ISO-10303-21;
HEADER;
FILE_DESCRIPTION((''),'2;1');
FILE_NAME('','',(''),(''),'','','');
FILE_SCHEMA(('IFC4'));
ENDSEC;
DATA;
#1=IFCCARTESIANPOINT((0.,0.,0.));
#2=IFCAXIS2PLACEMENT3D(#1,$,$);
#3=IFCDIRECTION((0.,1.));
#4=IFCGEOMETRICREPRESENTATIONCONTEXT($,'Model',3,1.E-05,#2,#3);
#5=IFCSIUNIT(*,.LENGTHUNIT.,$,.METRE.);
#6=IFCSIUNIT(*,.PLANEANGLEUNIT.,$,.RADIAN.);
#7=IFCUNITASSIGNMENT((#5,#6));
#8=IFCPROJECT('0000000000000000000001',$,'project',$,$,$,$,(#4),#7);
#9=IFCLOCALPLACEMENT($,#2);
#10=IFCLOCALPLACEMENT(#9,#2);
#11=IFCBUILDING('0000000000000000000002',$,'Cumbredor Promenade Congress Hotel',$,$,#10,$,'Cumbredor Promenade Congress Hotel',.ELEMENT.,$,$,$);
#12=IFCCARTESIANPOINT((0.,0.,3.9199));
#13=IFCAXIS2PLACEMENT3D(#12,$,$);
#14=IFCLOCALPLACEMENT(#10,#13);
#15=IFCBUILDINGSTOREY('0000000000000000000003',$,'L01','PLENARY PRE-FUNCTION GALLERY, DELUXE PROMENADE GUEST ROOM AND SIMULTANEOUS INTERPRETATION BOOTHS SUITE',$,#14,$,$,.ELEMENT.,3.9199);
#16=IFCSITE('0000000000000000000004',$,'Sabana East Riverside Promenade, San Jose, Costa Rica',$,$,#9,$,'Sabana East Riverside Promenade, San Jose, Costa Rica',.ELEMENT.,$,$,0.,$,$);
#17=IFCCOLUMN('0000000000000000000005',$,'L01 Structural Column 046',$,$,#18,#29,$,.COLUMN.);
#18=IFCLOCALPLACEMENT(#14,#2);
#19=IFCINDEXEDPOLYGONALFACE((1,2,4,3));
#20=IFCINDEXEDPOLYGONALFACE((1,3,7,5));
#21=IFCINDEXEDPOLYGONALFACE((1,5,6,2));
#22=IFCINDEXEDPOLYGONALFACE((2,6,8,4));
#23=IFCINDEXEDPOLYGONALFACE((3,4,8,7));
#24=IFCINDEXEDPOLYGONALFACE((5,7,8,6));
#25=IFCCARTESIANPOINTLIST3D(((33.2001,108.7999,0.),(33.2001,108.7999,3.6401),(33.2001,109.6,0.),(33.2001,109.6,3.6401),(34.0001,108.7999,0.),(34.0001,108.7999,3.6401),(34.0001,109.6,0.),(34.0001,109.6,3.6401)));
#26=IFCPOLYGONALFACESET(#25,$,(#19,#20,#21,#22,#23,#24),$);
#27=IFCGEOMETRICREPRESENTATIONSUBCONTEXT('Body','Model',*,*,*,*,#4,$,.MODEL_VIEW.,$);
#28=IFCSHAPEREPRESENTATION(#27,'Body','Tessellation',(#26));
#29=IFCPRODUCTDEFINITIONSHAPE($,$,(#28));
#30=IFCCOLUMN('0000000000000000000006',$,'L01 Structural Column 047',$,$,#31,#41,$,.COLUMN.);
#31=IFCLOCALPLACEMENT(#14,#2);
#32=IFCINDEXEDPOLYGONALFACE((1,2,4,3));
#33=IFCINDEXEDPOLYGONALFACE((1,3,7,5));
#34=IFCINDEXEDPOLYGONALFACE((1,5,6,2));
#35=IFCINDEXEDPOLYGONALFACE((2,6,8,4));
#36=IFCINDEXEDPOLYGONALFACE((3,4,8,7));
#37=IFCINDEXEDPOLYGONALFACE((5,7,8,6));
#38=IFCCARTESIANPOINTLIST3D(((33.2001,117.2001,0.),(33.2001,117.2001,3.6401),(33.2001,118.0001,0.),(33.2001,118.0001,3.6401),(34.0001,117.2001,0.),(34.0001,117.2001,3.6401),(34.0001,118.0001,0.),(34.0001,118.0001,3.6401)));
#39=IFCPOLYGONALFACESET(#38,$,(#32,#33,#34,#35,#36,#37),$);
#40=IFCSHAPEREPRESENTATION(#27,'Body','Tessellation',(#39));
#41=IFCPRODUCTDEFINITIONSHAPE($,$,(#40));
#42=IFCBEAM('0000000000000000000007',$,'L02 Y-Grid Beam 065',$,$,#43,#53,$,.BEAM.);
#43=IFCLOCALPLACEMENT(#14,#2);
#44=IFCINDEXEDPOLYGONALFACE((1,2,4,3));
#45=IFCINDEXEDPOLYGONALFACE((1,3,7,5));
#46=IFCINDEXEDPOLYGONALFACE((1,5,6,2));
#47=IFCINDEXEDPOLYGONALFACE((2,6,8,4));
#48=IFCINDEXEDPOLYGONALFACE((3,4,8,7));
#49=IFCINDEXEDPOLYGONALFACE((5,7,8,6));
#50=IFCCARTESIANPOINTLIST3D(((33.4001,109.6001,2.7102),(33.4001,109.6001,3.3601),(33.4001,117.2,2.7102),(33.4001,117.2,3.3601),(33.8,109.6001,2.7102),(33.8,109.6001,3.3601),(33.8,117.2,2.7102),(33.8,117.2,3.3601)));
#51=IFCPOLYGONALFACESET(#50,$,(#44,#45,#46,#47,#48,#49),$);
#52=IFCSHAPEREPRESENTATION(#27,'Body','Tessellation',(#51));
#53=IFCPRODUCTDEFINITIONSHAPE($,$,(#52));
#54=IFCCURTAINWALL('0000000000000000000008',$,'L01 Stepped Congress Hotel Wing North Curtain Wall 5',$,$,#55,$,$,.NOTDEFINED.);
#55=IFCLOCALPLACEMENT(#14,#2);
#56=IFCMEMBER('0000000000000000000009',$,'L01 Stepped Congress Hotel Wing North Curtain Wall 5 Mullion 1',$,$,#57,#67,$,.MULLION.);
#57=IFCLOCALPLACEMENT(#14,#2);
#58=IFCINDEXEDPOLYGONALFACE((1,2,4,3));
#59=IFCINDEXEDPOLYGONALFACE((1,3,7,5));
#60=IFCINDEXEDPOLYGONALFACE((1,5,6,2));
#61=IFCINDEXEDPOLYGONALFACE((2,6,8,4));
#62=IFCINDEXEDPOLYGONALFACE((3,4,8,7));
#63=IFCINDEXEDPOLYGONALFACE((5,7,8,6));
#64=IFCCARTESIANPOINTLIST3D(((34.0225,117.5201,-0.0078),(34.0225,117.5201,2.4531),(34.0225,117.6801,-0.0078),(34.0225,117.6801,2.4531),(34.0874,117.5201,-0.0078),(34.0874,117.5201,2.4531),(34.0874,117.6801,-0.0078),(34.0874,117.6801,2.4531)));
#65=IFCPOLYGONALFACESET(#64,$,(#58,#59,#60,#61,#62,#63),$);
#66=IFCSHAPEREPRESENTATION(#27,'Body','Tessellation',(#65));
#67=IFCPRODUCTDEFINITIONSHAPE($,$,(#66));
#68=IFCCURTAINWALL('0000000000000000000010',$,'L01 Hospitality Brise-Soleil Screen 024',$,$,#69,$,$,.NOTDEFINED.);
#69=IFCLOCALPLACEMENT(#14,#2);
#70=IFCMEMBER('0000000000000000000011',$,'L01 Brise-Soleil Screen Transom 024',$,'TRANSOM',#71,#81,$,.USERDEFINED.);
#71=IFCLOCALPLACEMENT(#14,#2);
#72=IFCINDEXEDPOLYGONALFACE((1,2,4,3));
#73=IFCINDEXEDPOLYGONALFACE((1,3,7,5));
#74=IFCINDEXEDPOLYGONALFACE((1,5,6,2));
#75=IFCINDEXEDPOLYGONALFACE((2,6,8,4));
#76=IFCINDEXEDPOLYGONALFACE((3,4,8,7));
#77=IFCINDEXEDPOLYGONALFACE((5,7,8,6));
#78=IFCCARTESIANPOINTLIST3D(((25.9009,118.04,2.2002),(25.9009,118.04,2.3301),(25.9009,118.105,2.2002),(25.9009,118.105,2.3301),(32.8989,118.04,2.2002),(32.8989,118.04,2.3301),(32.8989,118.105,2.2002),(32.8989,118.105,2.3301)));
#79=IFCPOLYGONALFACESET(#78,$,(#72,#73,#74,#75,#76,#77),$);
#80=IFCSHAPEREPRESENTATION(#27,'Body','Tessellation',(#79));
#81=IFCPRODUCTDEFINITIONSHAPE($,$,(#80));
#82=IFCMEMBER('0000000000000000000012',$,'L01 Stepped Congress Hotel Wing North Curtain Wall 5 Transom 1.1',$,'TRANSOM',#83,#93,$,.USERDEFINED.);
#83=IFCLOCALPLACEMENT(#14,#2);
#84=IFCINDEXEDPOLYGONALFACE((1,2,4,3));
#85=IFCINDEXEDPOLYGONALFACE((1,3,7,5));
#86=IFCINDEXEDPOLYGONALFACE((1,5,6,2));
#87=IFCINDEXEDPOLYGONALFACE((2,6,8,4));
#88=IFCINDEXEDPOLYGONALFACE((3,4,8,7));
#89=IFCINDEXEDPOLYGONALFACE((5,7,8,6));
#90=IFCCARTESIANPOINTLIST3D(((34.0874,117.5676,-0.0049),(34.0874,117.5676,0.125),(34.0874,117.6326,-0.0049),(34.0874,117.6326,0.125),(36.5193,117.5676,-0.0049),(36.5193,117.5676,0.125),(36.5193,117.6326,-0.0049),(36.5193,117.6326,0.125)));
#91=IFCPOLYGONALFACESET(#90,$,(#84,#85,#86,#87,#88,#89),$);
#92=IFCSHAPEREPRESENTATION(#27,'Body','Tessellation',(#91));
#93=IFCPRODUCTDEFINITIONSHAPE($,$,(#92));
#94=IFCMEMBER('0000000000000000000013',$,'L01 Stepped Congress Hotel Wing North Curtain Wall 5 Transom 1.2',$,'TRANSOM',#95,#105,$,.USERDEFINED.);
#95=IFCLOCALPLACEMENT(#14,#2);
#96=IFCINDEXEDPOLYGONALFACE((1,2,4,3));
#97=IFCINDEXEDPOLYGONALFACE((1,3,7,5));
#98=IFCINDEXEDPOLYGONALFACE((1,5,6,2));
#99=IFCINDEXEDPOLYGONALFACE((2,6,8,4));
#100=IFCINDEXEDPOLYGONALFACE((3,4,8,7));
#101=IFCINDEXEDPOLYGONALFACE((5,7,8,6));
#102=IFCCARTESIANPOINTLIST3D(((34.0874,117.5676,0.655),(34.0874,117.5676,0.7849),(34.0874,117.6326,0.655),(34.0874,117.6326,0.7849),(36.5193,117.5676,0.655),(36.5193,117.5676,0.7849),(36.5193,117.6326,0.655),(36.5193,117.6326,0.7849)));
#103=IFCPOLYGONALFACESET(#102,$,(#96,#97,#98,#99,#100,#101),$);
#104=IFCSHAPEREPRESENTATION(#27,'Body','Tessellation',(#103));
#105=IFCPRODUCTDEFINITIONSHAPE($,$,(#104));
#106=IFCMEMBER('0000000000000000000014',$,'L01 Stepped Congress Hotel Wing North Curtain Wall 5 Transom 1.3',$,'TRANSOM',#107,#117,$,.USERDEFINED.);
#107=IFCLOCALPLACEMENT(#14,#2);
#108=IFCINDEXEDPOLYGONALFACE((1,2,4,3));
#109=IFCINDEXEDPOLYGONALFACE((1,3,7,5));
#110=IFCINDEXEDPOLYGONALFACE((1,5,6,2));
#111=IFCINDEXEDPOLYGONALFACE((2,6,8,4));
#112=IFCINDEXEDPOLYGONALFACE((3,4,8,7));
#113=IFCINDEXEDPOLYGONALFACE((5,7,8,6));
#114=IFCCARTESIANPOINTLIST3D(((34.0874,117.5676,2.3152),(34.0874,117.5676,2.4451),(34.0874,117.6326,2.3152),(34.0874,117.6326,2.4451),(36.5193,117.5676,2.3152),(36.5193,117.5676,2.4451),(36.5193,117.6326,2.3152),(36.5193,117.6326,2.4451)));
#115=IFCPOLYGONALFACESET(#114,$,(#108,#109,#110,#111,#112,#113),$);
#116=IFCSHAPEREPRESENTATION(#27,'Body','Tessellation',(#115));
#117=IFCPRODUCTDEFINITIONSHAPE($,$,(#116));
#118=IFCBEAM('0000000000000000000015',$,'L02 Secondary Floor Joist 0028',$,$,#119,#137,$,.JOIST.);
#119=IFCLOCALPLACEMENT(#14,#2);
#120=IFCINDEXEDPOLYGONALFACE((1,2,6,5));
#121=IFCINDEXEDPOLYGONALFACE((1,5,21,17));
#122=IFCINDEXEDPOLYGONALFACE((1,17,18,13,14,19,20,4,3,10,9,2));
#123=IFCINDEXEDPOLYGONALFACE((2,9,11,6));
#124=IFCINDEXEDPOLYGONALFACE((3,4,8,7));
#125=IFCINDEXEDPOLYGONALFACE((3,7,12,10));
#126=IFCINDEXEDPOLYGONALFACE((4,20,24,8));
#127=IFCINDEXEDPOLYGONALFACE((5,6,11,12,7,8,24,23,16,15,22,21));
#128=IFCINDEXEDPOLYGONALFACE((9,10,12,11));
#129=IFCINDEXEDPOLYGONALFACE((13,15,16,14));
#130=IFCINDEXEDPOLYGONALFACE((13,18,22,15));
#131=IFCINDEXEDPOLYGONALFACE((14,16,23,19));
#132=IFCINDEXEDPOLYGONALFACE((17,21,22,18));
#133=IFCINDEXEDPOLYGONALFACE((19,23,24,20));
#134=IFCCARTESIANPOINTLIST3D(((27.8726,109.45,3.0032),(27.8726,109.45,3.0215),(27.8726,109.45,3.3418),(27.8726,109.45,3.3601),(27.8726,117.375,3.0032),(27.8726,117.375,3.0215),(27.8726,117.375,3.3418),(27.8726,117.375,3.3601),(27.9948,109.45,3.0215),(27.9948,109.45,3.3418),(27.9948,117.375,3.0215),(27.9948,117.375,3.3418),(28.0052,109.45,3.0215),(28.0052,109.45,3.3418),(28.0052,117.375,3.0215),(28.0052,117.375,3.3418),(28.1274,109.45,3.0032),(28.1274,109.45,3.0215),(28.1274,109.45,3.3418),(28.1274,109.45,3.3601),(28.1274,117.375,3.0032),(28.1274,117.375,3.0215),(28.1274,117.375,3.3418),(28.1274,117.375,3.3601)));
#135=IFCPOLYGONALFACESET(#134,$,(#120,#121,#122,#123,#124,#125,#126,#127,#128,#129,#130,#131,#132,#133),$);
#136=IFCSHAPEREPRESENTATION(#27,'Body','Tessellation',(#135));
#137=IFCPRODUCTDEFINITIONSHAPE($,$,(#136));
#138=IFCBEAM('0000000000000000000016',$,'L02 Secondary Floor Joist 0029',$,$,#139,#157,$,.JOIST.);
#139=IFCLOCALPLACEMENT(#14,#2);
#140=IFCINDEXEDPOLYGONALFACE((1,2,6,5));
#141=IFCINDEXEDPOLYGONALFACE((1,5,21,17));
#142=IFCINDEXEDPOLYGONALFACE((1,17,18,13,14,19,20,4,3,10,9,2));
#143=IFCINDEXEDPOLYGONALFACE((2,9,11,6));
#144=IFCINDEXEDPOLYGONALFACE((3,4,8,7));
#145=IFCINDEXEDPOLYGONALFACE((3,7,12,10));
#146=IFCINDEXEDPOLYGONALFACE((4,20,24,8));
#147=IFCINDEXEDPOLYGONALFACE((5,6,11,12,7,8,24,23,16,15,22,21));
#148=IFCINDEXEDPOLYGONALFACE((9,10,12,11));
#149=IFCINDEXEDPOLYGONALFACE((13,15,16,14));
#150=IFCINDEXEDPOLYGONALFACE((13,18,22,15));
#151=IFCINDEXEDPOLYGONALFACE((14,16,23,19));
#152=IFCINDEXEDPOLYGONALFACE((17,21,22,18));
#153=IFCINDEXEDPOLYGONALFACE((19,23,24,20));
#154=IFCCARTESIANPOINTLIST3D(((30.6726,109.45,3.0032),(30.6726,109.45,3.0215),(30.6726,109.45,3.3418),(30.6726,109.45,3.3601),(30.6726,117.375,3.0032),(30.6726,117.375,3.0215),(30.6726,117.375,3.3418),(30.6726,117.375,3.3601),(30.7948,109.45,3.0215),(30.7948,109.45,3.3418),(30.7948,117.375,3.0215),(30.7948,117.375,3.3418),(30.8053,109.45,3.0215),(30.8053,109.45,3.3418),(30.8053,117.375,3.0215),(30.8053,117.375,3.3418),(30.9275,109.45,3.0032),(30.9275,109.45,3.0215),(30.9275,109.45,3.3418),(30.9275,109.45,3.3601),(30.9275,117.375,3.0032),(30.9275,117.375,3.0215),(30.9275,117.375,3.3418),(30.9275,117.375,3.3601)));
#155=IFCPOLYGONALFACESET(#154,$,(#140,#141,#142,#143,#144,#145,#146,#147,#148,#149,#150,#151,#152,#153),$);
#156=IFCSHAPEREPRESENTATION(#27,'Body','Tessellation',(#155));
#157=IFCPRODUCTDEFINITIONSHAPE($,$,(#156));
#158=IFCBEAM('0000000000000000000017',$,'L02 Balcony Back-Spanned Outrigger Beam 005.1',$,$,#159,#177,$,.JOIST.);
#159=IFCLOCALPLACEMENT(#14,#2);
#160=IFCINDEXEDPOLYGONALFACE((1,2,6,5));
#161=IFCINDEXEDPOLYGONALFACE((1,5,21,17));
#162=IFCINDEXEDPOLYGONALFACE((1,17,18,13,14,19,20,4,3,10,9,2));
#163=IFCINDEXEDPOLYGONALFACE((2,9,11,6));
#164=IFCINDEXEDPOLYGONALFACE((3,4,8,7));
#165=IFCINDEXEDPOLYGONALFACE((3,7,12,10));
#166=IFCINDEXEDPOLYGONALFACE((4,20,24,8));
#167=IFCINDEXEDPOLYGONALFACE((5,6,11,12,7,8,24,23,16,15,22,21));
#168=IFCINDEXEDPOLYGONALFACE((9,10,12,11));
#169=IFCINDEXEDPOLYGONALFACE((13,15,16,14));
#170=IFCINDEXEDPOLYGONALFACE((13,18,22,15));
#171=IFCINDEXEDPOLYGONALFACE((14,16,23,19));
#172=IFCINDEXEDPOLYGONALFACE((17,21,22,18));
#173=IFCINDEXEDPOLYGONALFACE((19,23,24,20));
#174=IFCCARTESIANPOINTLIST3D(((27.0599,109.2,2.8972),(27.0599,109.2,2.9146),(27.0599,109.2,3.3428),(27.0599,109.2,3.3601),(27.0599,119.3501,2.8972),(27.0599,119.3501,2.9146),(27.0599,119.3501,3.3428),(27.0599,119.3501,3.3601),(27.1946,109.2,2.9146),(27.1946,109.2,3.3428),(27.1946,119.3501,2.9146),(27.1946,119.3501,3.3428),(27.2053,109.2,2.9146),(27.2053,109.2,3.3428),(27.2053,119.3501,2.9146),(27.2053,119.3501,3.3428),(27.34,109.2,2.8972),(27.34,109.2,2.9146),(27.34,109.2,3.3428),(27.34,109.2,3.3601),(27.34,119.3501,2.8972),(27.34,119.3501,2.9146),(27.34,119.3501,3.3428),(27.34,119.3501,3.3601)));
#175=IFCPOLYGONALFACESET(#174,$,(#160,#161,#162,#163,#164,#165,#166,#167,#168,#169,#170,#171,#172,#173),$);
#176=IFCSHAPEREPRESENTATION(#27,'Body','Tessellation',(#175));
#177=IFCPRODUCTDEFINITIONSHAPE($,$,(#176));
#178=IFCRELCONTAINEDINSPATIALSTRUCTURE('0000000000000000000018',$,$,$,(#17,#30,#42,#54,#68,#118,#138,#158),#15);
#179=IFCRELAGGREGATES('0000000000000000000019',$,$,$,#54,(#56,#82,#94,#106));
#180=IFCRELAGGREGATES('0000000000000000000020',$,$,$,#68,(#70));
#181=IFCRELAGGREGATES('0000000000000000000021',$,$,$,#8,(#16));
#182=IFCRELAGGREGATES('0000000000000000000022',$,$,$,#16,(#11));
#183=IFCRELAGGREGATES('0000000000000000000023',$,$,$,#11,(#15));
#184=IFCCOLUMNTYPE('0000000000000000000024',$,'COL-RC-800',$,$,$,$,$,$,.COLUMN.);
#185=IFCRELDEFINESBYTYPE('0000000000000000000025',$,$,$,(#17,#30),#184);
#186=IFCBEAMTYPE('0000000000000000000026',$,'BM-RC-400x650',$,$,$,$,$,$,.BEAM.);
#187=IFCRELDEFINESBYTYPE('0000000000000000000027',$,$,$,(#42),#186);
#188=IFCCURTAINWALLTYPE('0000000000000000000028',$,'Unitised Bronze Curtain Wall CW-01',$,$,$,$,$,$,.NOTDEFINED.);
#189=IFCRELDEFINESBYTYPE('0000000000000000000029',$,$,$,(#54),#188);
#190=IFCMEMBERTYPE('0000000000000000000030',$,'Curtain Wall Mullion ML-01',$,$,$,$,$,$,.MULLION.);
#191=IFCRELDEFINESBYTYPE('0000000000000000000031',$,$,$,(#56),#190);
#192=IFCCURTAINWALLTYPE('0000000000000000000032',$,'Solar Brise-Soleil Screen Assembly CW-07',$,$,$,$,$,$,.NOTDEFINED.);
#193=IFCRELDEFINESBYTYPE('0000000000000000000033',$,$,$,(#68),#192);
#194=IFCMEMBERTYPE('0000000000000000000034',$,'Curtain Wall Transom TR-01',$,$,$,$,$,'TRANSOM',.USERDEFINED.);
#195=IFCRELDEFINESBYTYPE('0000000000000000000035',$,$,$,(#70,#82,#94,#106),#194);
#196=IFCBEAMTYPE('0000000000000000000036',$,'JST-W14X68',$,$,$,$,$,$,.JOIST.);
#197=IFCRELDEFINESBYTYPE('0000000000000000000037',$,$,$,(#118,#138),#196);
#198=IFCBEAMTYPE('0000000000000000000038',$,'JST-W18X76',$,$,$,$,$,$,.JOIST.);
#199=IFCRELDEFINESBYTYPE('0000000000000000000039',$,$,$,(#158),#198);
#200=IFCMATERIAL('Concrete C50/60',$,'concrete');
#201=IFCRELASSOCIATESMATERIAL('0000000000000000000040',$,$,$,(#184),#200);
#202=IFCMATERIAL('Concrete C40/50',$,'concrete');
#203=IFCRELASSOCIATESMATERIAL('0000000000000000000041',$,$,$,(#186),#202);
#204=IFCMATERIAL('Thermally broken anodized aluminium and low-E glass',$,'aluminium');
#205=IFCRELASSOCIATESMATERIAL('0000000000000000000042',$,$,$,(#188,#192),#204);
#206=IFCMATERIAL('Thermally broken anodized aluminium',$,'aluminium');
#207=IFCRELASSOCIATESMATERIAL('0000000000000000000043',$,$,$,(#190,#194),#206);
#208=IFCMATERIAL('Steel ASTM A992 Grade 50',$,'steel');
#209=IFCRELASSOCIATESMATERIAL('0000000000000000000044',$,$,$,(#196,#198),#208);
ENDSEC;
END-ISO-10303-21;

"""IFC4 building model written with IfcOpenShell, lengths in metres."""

from ifc_helpers import new_model, si_unit, direction, frame, origin, origin_2d, place, context, subcontext, project, spatial, rectangle, i_section, extrude, material, material_profile, profile_set, type_object, element, aggregate, save


model = new_model("IFC4")

# Units and contexts
model_context = context("Model", 3, precision=1e-05, world=origin(), true_north=direction((0.0, 1.0)))
body_context = subcontext(model_context, "Body", "Model", "MODEL_VIEW")
ifc_project = project(units=[si_unit("LENGTHUNIT", "METRE"), si_unit("PLANEANGLEUNIT", "RADIAN")], contexts=[model_context])

# Site, building, storey
site_placement = place(None, origin())
site = spatial("IfcSite", under=ifc_project, at=site_placement, Name="Sabana East Riverside Promenade, San Jose, Costa Rica", LongName="Sabana East Riverside Promenade, San Jose, Costa Rica", CompositionType="ELEMENT", RefElevation=0.0)
building_placement = place(site_placement, origin())
building = spatial("IfcBuilding", under=site, at=building_placement, Name="Cumbredor Promenade Congress Hotel", LongName="Cumbredor Promenade Congress Hotel", CompositionType="ELEMENT")
storey_placement = place(building_placement, frame((0.0, 0.0, 3.9199)))
storey = spatial("IfcBuildingStorey", under=building, at=storey_placement, Name="L01", Description="PLENARY PRE-FUNCTION GALLERY, DELUXE PROMENADE GUEST ROOM AND SIMULTANEOUS INTERPRETATION BOOTHS SUITE", CompositionType="ELEMENT", Elevation=3.9199)

# Columns
ifc_material_1 = material(Name="Concrete C50/60", Category="concrete")
ifc_material_profile_1 = material_profile(ifc_material_1, rectangle(XDim=0.8, YDim=0.8, at=origin_2d()), Name="RC 800x800")
ifc_profile_set_1 = profile_set([ifc_material_profile_1], Name="Concrete C50/60")
column_type = type_object("IfcColumnType", Name="COL-RC-800", PredefinedType="COLUMN", material=ifc_profile_set_1)
for number, where, z_axis, x_axis, name in (
    (1, (33.6001, 109.2, 0.0), (0.0, 0.0, 1.0), (1.0, 0.0, 0.0), "L01 Structural Column 046"),
    (2, (33.6001, 117.6001, 0.0), (0.0, 0.0, 1.0), (1.0, 0.0, 0.0), "L01 Structural Column 047"),
):
    element("IfcColumn", number, at=place(storey_placement, frame(where, z_axis=z_axis, x_axis=x_axis)), inside=storey, type_object=column_type, Name=name, PredefinedType="COLUMN", context=body_context, shape_type="SweptSolid", body=[
        extrude(rectangle(XDim=0.8, YDim=0.8, at=origin_2d()), origin(), (0.0, 0.0, 1.0), 3.6401),
    ])

# Beam
ifc_material_2 = material(Name="Concrete C40/50", Category="concrete")
ifc_material_profile_2 = material_profile(ifc_material_2, rectangle(XDim=0.3999, YDim=0.6499, at=origin_2d()), Name="RC BEAM 400x650")
ifc_profile_set_2 = profile_set([ifc_material_profile_2], Name="Concrete C40/50")
beam_type_1 = type_object("IfcBeamType", Name="BM-RC-400x650", PredefinedType="BEAM", material=ifc_profile_set_2)
beam_1_placement = place(storey_placement, frame((33.6001, 109.6001, 3.0352), z_axis=(0.0, 1.0, 0.0), x_axis=(-1.0, 0.0, 0.0)))
element("IfcBeam", 3, at=beam_1_placement, inside=storey, type_object=beam_type_1, Name="L02 Y-Grid Beam 065", PredefinedType="BEAM", context=body_context, shape_type="SweptSolid", body=[
    extrude(rectangle(XDim=0.3999, YDim=0.6499, at=origin_2d()), origin(), (0.0, 0.0, 1.0), 7.5999),
])

# Curtain walls, members
ifc_material_3 = material(Name="Thermally broken anodized aluminium and low-E glass", Category="aluminium")
curtain_wall_type_1 = type_object("IfcCurtainWallType", Name="Unitised Bronze Curtain Wall CW-01", PredefinedType="NOTDEFINED", material=ifc_material_3)
curtain_wall_1_placement = place(storey_placement, origin())
curtain_wall_1 = element("IfcCurtainWall", 4, at=curtain_wall_1_placement, inside=storey, type_object=curtain_wall_type_1, Name="L01 Stepped Congress Hotel Wing North Curtain Wall 5", PredefinedType="NOTDEFINED")
ifc_material_4 = material(Name="Thermally broken anodized aluminium", Category="aluminium")
ifc_material_profile_3 = material_profile(ifc_material_4, rectangle(XDim=0.0649, YDim=0.1599, at=origin_2d()), Name="ALU MULLION 65x160")
ifc_profile_set_3 = profile_set([ifc_material_profile_3], Name="Thermally broken anodized aluminium")
member_type_1 = type_object("IfcMemberType", Name="Curtain Wall Mullion ML-01", PredefinedType="MULLION", material=ifc_profile_set_3)
member_1_placement = place(storey_placement, frame((34.0549, 117.6001, -0.0078), z_axis=(0.0, 0.0, 1.0), x_axis=(1.0, 0.0, 0.0)))
member_1 = element("IfcMember", 5, at=member_1_placement, type_object=member_type_1, Name="L01 Stepped Congress Hotel Wing North Curtain Wall 5 Mullion 1", PredefinedType="MULLION", context=body_context, shape_type="SweptSolid", body=[
    extrude(rectangle(XDim=0.0649, YDim=0.1599, at=origin_2d()), origin(), (0.0, 0.0, 1.0), 2.4609),
])
curtain_wall_type_2 = type_object("IfcCurtainWallType", Name="Solar Brise-Soleil Screen Assembly CW-07", PredefinedType="NOTDEFINED", material=ifc_material_3)
curtain_wall_2_placement = place(storey_placement, origin())
curtain_wall_2 = element("IfcCurtainWall", 6, at=curtain_wall_2_placement, inside=storey, type_object=curtain_wall_type_2, Name="L01 Hospitality Brise-Soleil Screen 024", PredefinedType="NOTDEFINED")
ifc_material_profile_4 = material_profile(ifc_material_4, rectangle(XDim=0.0649, YDim=0.1299, at=origin_2d()), Name="ALU TRANSOM 65x130")
ifc_profile_set_4 = profile_set([ifc_material_profile_4], Name="Thermally broken anodized aluminium")
member_type_2 = type_object("IfcMemberType", Name="Curtain Wall Transom TR-01", ElementType="TRANSOM", PredefinedType="USERDEFINED", material=ifc_profile_set_4)
member_2_placement = place(storey_placement, frame((25.9009, 118.0725, 2.2651), z_axis=(1.0, 0.0, 0.0), x_axis=(0.0, 1.0, 0.0)))
member_2 = element("IfcMember", 7, at=member_2_placement, type_object=member_type_2, Name="L01 Brise-Soleil Screen Transom 024", ObjectType="TRANSOM", PredefinedType="USERDEFINED", context=body_context, shape_type="SweptSolid", body=[
    extrude(rectangle(XDim=0.0649, YDim=0.1299, at=origin_2d()), origin(), (0.0, 0.0, 1.0), 6.998),
])

# Members
member_3_placement = place(storey_placement, frame((34.0874, 117.6001, 0.0601), z_axis=(1.0, 0.0, 0.0), x_axis=(0.0, 1.0, 0.0)))
member_3 = element("IfcMember", 8, at=member_3_placement, type_object=member_type_2, Name="L01 Stepped Congress Hotel Wing North Curtain Wall 5 Transom 1.1", ObjectType="TRANSOM", PredefinedType="USERDEFINED", context=body_context, shape_type="SweptSolid", body=[
    extrude(rectangle(XDim=0.0649, YDim=0.1299, at=origin_2d()), origin(), (0.0, 0.0, 1.0), 2.4319),
])
member_4_placement = place(storey_placement, frame((34.0874, 117.6001, 0.72), z_axis=(1.0, 0.0, 0.0), x_axis=(0.0, 1.0, 0.0)))
member_4 = element("IfcMember", 9, at=member_4_placement, type_object=member_type_2, Name="L01 Stepped Congress Hotel Wing North Curtain Wall 5 Transom 1.2", ObjectType="TRANSOM", PredefinedType="USERDEFINED", context=body_context, shape_type="SweptSolid", body=[
    extrude(rectangle(XDim=0.0649, YDim=0.1299, at=origin_2d()), origin(), (0.0, 0.0, 1.0), 2.4319),
])
member_5_placement = place(storey_placement, frame((34.0874, 117.6001, 2.3801), z_axis=(1.0, 0.0, 0.0), x_axis=(0.0, 1.0, 0.0)))
member_5 = element("IfcMember", 10, at=member_5_placement, type_object=member_type_2, Name="L01 Stepped Congress Hotel Wing North Curtain Wall 5 Transom 1.3", ObjectType="TRANSOM", PredefinedType="USERDEFINED", context=body_context, shape_type="SweptSolid", body=[
    extrude(rectangle(XDim=0.0649, YDim=0.1299, at=origin_2d()), origin(), (0.0, 0.0, 1.0), 2.4319),
])
aggregate(curtain_wall_1, [member_1, member_3, member_4, member_5])

# Beams
ifc_material_5 = material(Name="Steel ASTM A992 Grade 50", Category="steel")
ifc_material_profile_5 = material_profile(ifc_material_5, i_section(OverallWidth=0.2549, OverallDepth=0.3569, WebThickness=0.0105, FlangeThickness=0.0183, at=origin_2d()), Name="W14X68")
ifc_profile_set_5 = profile_set([ifc_material_profile_5], Name="Steel ASTM A992 Grade 50")
beam_type_2 = type_object("IfcBeamType", Name="JST-W14X68", PredefinedType="JOIST", material=ifc_profile_set_5)
for number, where, z_axis, x_axis, name in (
    (11, (28.0, 109.45, 3.1816), (0.0, 1.0, 0.0), (-1.0, 0.0, 0.0), "L02 Secondary Floor Joist 0028"),
    (12, (30.8, 109.45, 3.1816), (0.0, 1.0, 0.0), (-1.0, 0.0, 0.0), "L02 Secondary Floor Joist 0029"),
):
    element("IfcBeam", number, at=place(storey_placement, frame(where, z_axis=z_axis, x_axis=x_axis)), inside=storey, type_object=beam_type_2, Name=name, PredefinedType="JOIST", context=body_context, shape_type="SweptSolid", body=[
        extrude(i_section(OverallWidth=0.2549, OverallDepth=0.3569, WebThickness=0.0105, FlangeThickness=0.0183, at=origin_2d()), origin(), (0.0, 0.0, 1.0), 7.925),
    ])
ifc_material_profile_6 = material_profile(ifc_material_5, i_section(OverallWidth=0.28, OverallDepth=0.4629, WebThickness=0.0107, FlangeThickness=0.0173, at=origin_2d()), Name="W18X76")
ifc_profile_set_6 = profile_set([ifc_material_profile_6], Name="Steel ASTM A992 Grade 50")
beam_type_3 = type_object("IfcBeamType", Name="JST-W18X76", PredefinedType="JOIST", material=ifc_profile_set_6)
for number, where, z_axis, x_axis, name in (
    (13, (27.2, 109.2, 3.1287), (0.0, 1.0, 0.0), (-1.0, 0.0, 0.0), "L02 Balcony Back-Spanned Outrigger Beam 005.1"),
):
    element("IfcBeam", number, at=place(storey_placement, frame(where, z_axis=z_axis, x_axis=x_axis)), inside=storey, type_object=beam_type_3, Name=name, PredefinedType="JOIST", context=body_context, shape_type="SweptSolid", body=[
        extrude(i_section(OverallWidth=0.28, OverallDepth=0.4629, WebThickness=0.0107, FlangeThickness=0.0173, at=origin_2d()), origin(), (0.0, 0.0, 1.0), 10.1501),
    ])

aggregate(curtain_wall_2, [member_2])

save(model, "model.ifc")
